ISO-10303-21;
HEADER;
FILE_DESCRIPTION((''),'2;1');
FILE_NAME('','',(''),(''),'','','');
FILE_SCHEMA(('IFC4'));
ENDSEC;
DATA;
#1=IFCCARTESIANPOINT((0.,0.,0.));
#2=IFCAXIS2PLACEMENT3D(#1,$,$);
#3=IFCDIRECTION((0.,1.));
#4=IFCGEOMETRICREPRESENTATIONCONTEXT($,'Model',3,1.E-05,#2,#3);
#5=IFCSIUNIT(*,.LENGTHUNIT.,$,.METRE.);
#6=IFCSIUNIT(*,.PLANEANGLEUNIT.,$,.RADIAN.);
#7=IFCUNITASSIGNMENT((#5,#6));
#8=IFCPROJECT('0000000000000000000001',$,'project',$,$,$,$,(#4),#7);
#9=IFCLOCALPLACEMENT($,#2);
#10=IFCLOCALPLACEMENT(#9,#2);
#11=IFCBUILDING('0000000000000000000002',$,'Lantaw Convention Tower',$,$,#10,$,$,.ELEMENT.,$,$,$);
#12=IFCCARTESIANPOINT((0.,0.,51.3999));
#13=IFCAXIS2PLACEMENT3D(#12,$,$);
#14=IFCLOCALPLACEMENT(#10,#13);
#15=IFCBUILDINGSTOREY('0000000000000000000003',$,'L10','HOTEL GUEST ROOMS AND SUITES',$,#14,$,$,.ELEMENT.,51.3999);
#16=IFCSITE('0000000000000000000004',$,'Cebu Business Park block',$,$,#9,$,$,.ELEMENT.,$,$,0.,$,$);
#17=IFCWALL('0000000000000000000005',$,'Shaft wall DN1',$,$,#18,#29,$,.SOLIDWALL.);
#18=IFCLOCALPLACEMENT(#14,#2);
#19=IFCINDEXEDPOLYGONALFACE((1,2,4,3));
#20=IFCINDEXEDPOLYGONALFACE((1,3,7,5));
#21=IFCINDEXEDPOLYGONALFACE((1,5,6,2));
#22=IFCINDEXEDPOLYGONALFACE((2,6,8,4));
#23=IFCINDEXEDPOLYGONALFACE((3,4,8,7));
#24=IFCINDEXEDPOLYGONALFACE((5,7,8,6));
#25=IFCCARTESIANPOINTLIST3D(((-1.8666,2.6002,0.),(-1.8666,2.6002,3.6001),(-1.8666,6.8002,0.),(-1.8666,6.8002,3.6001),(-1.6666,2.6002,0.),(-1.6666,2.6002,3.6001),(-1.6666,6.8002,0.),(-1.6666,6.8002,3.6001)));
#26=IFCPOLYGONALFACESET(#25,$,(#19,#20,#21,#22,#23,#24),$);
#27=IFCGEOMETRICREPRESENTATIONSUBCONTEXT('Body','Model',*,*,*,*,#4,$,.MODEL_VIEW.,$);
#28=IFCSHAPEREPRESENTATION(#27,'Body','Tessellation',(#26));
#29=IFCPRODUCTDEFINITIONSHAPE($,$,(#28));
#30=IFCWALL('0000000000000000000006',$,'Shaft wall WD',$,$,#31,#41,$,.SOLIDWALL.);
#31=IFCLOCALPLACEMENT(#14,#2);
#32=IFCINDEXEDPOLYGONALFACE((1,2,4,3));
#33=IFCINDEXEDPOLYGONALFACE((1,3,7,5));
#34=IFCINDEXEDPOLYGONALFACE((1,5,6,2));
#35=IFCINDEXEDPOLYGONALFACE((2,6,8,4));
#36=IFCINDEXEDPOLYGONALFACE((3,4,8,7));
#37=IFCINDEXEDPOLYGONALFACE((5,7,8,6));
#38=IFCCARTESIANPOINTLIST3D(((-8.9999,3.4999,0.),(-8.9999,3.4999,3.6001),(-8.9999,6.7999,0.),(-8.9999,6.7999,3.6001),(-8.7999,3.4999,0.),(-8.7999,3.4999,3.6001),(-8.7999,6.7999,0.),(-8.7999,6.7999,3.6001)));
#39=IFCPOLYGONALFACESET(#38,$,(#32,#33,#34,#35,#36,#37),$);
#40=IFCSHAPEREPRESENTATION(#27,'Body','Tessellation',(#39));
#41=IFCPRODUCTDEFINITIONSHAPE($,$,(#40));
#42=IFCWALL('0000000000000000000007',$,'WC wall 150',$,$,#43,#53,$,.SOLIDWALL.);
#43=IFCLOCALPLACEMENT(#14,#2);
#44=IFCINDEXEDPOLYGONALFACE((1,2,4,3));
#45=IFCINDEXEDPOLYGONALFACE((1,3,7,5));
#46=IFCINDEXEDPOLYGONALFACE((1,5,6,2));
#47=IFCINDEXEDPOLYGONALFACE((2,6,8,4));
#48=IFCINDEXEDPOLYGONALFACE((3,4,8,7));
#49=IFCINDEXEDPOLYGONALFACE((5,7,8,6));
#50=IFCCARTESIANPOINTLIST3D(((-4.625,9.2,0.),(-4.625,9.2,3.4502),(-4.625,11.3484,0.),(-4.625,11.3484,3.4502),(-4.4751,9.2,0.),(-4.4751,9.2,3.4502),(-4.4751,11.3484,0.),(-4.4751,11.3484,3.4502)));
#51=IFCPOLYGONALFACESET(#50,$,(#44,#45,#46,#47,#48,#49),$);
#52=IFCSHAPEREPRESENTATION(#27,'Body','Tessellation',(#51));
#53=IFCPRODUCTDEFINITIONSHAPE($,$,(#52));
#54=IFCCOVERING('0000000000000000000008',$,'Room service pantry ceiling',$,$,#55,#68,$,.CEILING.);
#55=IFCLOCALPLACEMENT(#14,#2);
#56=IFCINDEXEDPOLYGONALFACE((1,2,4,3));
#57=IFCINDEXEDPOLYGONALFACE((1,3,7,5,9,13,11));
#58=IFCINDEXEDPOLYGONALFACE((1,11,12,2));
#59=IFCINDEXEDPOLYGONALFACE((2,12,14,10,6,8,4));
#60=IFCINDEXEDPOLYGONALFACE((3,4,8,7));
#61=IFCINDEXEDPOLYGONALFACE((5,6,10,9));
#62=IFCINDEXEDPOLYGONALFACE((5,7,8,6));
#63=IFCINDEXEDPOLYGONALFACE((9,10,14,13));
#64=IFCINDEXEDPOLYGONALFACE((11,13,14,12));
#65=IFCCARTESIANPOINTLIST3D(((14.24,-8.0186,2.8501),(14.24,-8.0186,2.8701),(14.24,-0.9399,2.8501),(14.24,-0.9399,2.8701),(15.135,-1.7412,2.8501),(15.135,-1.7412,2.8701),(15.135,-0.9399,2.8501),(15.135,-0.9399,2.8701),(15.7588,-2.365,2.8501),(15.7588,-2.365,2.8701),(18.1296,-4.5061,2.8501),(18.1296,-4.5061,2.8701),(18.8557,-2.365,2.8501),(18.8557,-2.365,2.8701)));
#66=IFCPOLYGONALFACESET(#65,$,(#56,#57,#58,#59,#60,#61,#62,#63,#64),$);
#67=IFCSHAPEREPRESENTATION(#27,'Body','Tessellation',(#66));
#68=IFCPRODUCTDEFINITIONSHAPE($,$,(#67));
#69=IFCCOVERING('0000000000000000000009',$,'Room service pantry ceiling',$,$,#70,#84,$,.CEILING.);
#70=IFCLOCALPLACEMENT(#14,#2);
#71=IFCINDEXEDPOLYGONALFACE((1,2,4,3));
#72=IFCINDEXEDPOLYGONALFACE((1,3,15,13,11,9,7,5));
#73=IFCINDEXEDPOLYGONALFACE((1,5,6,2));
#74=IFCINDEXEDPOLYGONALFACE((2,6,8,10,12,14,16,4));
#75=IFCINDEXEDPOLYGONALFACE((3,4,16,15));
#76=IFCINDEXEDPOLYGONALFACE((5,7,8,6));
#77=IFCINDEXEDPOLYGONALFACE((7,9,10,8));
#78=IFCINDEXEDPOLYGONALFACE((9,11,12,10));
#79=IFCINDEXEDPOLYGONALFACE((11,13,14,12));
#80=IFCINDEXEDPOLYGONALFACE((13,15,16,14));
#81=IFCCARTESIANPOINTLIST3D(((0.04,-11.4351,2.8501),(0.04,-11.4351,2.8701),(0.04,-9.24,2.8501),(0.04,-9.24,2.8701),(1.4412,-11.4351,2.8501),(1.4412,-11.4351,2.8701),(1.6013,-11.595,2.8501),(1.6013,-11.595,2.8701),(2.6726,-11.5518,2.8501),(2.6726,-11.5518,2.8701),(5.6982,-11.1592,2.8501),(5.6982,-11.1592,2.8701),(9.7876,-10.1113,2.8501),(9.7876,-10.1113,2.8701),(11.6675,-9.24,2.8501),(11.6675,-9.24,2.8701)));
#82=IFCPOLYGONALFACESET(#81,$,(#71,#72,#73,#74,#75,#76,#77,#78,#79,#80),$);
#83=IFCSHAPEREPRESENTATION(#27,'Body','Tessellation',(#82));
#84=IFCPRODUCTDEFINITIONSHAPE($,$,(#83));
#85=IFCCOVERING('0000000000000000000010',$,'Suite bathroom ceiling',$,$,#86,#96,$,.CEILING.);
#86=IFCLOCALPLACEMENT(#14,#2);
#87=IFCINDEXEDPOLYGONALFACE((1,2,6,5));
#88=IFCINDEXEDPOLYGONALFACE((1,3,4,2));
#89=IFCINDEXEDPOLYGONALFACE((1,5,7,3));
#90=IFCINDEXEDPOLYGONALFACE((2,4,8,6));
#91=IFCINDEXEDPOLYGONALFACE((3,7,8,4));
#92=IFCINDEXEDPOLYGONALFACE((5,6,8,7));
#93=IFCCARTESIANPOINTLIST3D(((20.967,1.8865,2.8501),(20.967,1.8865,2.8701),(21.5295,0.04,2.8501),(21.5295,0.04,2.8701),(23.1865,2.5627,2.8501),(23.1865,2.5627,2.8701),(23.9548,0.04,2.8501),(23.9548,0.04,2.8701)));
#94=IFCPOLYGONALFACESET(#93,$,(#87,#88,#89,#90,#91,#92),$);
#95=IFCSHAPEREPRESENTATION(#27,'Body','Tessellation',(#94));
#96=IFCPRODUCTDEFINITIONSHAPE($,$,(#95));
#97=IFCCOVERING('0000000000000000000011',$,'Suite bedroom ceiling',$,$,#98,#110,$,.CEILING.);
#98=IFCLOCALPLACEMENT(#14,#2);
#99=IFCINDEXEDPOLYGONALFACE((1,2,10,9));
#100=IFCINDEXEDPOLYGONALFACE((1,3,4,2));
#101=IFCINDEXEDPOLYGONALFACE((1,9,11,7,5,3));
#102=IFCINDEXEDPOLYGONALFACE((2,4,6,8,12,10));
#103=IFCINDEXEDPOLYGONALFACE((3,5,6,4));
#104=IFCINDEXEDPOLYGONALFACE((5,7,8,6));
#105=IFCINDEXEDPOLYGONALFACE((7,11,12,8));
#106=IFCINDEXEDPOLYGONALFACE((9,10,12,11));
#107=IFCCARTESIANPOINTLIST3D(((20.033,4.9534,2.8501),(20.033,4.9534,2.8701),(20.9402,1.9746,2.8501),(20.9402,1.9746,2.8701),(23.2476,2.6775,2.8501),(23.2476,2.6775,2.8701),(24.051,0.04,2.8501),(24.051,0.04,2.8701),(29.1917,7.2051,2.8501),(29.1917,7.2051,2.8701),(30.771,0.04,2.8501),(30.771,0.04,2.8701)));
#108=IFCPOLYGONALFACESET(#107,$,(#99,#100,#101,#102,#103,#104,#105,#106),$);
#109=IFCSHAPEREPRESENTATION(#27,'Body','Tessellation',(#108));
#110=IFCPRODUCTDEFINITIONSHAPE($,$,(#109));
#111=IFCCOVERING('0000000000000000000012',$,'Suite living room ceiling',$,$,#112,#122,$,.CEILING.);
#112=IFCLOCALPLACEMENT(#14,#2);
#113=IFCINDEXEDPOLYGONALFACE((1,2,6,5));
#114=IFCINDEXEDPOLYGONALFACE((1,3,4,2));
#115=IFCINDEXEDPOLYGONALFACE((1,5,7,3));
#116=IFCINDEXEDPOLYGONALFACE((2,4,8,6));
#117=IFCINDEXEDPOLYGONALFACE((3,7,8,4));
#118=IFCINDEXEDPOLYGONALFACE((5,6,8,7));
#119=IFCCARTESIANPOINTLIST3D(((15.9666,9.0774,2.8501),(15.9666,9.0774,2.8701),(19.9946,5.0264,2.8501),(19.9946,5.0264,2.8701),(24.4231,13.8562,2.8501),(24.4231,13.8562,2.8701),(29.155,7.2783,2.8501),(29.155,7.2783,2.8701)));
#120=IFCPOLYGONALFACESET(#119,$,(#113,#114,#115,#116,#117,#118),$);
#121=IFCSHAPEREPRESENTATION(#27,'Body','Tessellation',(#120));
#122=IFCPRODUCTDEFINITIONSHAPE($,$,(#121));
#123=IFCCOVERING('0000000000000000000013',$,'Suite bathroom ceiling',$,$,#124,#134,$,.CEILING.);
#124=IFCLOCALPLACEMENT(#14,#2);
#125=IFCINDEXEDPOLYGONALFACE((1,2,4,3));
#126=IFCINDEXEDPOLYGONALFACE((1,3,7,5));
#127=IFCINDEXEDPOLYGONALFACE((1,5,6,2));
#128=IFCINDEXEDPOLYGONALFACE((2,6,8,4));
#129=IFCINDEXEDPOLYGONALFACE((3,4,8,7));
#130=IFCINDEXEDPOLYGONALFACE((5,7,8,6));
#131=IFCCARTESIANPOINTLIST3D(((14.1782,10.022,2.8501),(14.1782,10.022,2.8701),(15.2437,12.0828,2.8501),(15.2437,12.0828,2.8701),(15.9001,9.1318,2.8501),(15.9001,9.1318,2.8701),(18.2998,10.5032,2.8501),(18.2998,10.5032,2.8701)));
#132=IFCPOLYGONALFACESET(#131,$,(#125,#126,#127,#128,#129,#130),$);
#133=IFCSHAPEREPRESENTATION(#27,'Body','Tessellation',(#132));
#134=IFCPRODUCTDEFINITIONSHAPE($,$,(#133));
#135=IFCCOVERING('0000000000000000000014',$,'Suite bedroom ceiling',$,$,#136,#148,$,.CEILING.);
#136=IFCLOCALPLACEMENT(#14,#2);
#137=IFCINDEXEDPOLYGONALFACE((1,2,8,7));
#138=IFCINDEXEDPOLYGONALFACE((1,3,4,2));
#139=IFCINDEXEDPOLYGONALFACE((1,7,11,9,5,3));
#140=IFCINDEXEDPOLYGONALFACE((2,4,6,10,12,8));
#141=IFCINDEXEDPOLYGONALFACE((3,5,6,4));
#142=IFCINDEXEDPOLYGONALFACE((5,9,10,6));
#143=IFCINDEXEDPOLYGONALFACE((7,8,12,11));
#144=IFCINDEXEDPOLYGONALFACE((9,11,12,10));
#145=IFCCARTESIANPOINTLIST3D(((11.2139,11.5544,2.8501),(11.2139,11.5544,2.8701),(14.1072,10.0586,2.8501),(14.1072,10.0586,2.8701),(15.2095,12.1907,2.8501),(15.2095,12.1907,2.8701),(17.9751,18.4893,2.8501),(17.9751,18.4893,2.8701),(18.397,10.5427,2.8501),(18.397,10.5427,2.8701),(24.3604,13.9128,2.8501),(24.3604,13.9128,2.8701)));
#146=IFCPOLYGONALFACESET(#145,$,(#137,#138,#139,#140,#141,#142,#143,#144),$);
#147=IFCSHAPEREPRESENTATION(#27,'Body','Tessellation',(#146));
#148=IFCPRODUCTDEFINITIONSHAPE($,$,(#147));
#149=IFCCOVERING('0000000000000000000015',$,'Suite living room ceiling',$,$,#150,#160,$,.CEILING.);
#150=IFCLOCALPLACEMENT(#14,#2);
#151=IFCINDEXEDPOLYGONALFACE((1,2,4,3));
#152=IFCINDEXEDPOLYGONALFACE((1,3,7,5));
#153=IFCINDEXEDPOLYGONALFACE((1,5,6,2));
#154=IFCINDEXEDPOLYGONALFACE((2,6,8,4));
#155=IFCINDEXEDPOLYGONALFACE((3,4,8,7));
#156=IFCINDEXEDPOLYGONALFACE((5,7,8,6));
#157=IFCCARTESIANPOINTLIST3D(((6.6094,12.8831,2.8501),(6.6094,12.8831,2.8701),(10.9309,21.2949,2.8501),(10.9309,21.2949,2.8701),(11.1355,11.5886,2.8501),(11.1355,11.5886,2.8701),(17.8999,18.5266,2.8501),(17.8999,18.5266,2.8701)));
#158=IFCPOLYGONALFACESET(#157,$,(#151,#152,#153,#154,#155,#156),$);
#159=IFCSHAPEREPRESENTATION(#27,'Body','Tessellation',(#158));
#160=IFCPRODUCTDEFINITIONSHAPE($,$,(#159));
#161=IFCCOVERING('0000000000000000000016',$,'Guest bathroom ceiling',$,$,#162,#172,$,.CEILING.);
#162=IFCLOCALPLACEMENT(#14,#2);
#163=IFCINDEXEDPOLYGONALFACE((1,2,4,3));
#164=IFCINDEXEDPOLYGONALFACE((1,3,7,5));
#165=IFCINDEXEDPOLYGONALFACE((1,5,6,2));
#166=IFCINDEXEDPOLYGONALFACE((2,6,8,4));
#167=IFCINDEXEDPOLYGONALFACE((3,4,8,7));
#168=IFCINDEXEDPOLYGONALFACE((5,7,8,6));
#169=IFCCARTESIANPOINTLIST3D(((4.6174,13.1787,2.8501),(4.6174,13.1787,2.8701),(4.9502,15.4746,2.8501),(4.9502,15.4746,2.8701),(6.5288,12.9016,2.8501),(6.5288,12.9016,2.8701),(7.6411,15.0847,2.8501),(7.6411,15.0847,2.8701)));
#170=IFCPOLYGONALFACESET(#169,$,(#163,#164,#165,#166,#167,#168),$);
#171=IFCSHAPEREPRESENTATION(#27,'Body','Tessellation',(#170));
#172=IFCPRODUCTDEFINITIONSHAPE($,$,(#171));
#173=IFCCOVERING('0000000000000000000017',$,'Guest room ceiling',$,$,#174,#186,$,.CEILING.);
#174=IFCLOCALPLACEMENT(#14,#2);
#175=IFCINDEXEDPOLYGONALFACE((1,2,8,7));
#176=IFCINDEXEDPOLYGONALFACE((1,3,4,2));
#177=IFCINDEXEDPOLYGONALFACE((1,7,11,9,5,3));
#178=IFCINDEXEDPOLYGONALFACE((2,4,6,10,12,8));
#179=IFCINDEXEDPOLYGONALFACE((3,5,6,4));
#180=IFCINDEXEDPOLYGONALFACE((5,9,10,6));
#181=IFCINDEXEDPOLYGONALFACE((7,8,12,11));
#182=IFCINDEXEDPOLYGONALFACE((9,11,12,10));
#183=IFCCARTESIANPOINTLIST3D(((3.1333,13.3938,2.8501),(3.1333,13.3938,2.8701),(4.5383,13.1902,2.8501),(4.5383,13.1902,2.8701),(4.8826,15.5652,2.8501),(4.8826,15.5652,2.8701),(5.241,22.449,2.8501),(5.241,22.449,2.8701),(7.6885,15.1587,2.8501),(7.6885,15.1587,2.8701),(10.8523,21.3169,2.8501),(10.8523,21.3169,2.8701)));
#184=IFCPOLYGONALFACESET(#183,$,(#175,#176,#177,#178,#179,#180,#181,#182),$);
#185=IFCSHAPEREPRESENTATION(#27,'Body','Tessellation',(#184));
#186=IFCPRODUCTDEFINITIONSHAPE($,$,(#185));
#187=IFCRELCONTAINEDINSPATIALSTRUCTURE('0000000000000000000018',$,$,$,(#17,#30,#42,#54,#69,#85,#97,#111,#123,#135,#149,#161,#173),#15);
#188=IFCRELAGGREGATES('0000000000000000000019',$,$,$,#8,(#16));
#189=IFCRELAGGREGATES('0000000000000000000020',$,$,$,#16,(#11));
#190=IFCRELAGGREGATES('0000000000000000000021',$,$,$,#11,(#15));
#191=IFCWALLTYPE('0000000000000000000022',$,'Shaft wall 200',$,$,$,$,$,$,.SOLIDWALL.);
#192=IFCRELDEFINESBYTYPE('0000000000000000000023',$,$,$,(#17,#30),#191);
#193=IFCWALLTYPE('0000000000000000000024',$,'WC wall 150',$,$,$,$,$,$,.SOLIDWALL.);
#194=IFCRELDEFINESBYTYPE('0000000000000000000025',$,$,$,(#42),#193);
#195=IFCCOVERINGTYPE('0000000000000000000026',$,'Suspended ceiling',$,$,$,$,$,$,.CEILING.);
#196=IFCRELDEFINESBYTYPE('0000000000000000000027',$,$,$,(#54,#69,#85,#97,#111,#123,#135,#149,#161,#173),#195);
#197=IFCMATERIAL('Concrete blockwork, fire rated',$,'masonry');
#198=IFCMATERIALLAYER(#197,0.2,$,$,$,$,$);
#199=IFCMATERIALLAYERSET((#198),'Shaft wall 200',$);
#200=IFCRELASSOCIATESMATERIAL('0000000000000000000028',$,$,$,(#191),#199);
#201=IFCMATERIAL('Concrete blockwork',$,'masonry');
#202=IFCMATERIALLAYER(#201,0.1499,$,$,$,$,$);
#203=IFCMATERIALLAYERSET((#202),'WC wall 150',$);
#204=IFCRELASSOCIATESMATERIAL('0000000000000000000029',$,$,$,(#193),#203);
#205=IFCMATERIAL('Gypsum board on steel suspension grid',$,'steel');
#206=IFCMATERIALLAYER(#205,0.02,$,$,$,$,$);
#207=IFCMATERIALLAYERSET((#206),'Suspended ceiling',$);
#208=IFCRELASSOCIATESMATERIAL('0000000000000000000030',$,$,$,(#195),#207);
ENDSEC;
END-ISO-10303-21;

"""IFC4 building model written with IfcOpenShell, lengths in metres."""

from ifc_helpers import new_model, si_unit, direction, frame, frame_2d, origin, place, context, subcontext, project, spatial, polyline, rectangle, outline, extrude, material, layer, layer_set, type_object, element, save


model = new_model("IFC4")

# Units and contexts
model_context = context("Model", 3, precision=1e-05, world=origin(), true_north=direction((0.0, 1.0)))
body_context = subcontext(model_context, "Body", "Model", "MODEL_VIEW")
ifc_project = project(units=[si_unit("LENGTHUNIT", "METRE"), si_unit("PLANEANGLEUNIT", "RADIAN")], contexts=[model_context])

# Site, building, storey
site_placement = place(None, origin())
site = spatial("IfcSite", under=ifc_project, at=site_placement, Name="Cebu Business Park block", CompositionType="ELEMENT", RefElevation=0.0)
building_placement = place(site_placement, origin())
building = spatial("IfcBuilding", under=site, at=building_placement, Name="Lantaw Convention Tower", CompositionType="ELEMENT")
storey_placement = place(building_placement, frame((0.0, 0.0, 51.3999)))
storey = spatial("IfcBuildingStorey", under=building, at=storey_placement, Name="L10", Description="HOTEL GUEST ROOMS AND SUITES", CompositionType="ELEMENT", Elevation=51.3999)

# Walls
ifc_material_1 = material(Name="Concrete blockwork, fire rated", Category="masonry")
ifc_layer_1 = layer(ifc_material_1, 0.2)
ifc_layer_set_1 = layer_set([ifc_layer_1], Name="Shaft wall 200")
wall_type_1 = type_object("IfcWallType", Name="Shaft wall 200", PredefinedType="SOLIDWALL", material=ifc_layer_set_1)
wall_1_placement = place(storey_placement, frame((-1.7666, 2.6001, 0.0), z_axis=(0.0, 0.0, 1.0), x_axis=(0.0, 1.0, 0.0)))
element("IfcWall", 1, at=wall_1_placement, inside=storey, type_object=wall_type_1, Name="Shaft wall DN1", PredefinedType="SOLIDWALL", context=body_context, shape_type="SweptSolid", body=[
    extrude(rectangle(XDim=4.2, YDim=0.2, at=frame_2d((2.1001, 0.0))), origin(), (0.0, 0.0, 1.0), 3.6001),
])
wall_2_placement = place(storey_placement, frame((-8.8999, 3.5, 0.0), z_axis=(0.0, 0.0, 1.0), x_axis=(0.0, 1.0, 0.0)))
element("IfcWall", 2, at=wall_2_placement, inside=storey, type_object=wall_type_1, Name="Shaft wall WD", PredefinedType="SOLIDWALL", context=body_context, shape_type="SweptSolid", body=[
    extrude(rectangle(XDim=3.3, YDim=0.2, at=frame_2d((1.6499, 0.0))), origin(), (0.0, 0.0, 1.0), 3.6001),
])
ifc_material_2 = material(Name="Concrete blockwork", Category="masonry")
ifc_layer_2 = layer(ifc_material_2, 0.1499)
ifc_layer_set_2 = layer_set([ifc_layer_2], Name="WC wall 150")
wall_type_2 = type_object("IfcWallType", Name="WC wall 150", PredefinedType="SOLIDWALL", material=ifc_layer_set_2)
wall_3_placement = place(storey_placement, frame((-4.55, 9.2, 0.0), z_axis=(0.0, 0.0, 1.0), x_axis=(0.0, 1.0, 0.0)))
element("IfcWall", 3, at=wall_3_placement, inside=storey, type_object=wall_type_2, Name="WC wall 150", PredefinedType="SOLIDWALL", context=body_context, shape_type="SweptSolid", body=[
    extrude(rectangle(XDim=2.1484, YDim=0.1499, at=frame_2d((1.0742, 0.0))), origin(), (0.0, 0.0, 1.0), 3.4502),
])

# Coverings
ifc_material_3 = material(Name="Gypsum board on steel suspension grid", Category="steel")
ifc_layer_3 = layer(ifc_material_3, 0.02)
ifc_layer_set_3 = layer_set([ifc_layer_3], Name="Suspended ceiling")
covering_type = type_object("IfcCoveringType", Name="Suspended ceiling", PredefinedType="CEILING", material=ifc_layer_set_3)
covering_1_placement = place(storey_placement, frame((0.0, 0.0, 2.8501)))
element("IfcCovering", 4, at=covering_1_placement, inside=storey, type_object=covering_type, Name="Room service pantry ceiling", PredefinedType="CEILING", context=body_context, shape_type="SweptSolid", body=[
    extrude(outline(polyline([(14.24, -0.9399), (14.24, -8.0186), (18.1296, -4.5061), (18.8557, -2.365), (15.7588, -2.365), (15.135, -1.7412), (15.135, -0.9399), (14.24, -0.9399)])), origin(), (0.0, 0.0, 1.0), 0.02),
])
covering_2_placement = place(storey_placement, frame((0.0, 0.0, 2.8501)))
element("IfcCovering", 5, at=covering_2_placement, inside=storey, type_object=covering_type, Name="Room service pantry ceiling", PredefinedType="CEILING", context=body_context, shape_type="SweptSolid", body=[
    extrude(outline(polyline([(1.6013, -11.595), (2.6726, -11.5518), (5.6982, -11.1592), (9.7876, -10.1113), (11.6675, -9.24), (0.04, -9.24), (0.04, -11.4351), (1.4412, -11.4351), (1.6013, -11.595)])), origin(), (0.0, 0.0, 1.0), 0.02),
])
covering_3_placement = place(storey_placement, frame((0.0, 0.0, 2.8501)))
element("IfcCovering", 6, at=covering_3_placement, inside=storey, type_object=covering_type, Name="Suite bathroom ceiling", PredefinedType="CEILING", context=body_context, shape_type="SweptSolid", body=[
    extrude(outline(polyline([(21.5295, 0.04), (23.9548, 0.04), (23.1865, 2.5627), (20.967, 1.8865), (21.5295, 0.04)])), origin(), (0.0, 0.0, 1.0), 0.02),
])
covering_4_placement = place(storey_placement, frame((0.0, 0.0, 2.8501)))
element("IfcCovering", 7, at=covering_4_placement, inside=storey, type_object=covering_type, Name="Suite bedroom ceiling", PredefinedType="CEILING", context=body_context, shape_type="SweptSolid", body=[
    extrude(outline(polyline([(29.1917, 7.2051), (20.033, 4.9534), (20.9402, 1.9746), (23.2476, 2.6775), (24.051, 0.04), (30.771, 0.04), (29.1917, 7.2051)])), origin(), (0.0, 0.0, 1.0), 0.02),
])
covering_5_placement = place(storey_placement, frame((0.0, 0.0, 2.8501)))
element("IfcCovering", 8, at=covering_5_placement, inside=storey, type_object=covering_type, Name="Suite living room ceiling", PredefinedType="CEILING", context=body_context, shape_type="SweptSolid", body=[
    extrude(outline(polyline([(19.9946, 5.0264), (29.155, 7.2783), (24.4231, 13.8562), (15.9666, 9.0774), (19.9946, 5.0264)])), origin(), (0.0, 0.0, 1.0), 0.02),
])
covering_6_placement = place(storey_placement, frame((0.0, 0.0, 2.8501)))
element("IfcCovering", 9, at=covering_6_placement, inside=storey, type_object=covering_type, Name="Suite bathroom ceiling", PredefinedType="CEILING", context=body_context, shape_type="SweptSolid", body=[
    extrude(outline(polyline([(15.9001, 9.1318), (18.2998, 10.5032), (15.2437, 12.0828), (14.1782, 10.022), (15.9001, 9.1318)])), origin(), (0.0, 0.0, 1.0), 0.02),
])
covering_7_placement = place(storey_placement, frame((0.0, 0.0, 2.8501)))
element("IfcCovering", 10, at=covering_7_placement, inside=storey, type_object=covering_type, Name="Suite bedroom ceiling", PredefinedType="CEILING", context=body_context, shape_type="SweptSolid", body=[
    extrude(outline(polyline([(11.2139, 11.5544), (14.1072, 10.0586), (15.2095, 12.1907), (18.397, 10.5427), (24.3604, 13.9128), (17.9751, 18.4893), (11.2139, 11.5544)])), origin(), (0.0, 0.0, 1.0), 0.02),
])
covering_8_placement = place(storey_placement, frame((0.0, 0.0, 2.8501)))
element("IfcCovering", 11, at=covering_8_placement, inside=storey, type_object=covering_type, Name="Suite living room ceiling", PredefinedType="CEILING", context=body_context, shape_type="SweptSolid", body=[
    extrude(outline(polyline([(11.1355, 11.5886), (17.8999, 18.5266), (10.9309, 21.2949), (6.6094, 12.8831), (11.1355, 11.5886)])), origin(), (0.0, 0.0, 1.0), 0.02),
])
covering_9_placement = place(storey_placement, frame((0.0, 0.0, 2.8501)))
element("IfcCovering", 12, at=covering_9_placement, inside=storey, type_object=covering_type, Name="Guest bathroom ceiling", PredefinedType="CEILING", context=body_context, shape_type="SweptSolid", body=[
    extrude(outline(polyline([(6.5288, 12.9016), (7.6411, 15.0847), (4.9502, 15.4746), (4.6174, 13.1787), (6.5288, 12.9016)])), origin(), (0.0, 0.0, 1.0), 0.02),
])
covering_10_placement = place(storey_placement, frame((0.0, 0.0, 2.8501)))
element("IfcCovering", 13, at=covering_10_placement, inside=storey, type_object=covering_type, Name="Guest room ceiling", PredefinedType="CEILING", context=body_context, shape_type="SweptSolid", body=[
    extrude(outline(polyline([(3.1333, 13.3938), (4.5383, 13.1902), (4.8826, 15.5652), (7.6885, 15.1587), (10.8523, 21.3169), (5.241, 22.449), (3.1333, 13.3938)])), origin(), (0.0, 0.0, 1.0), 0.02),
])

save(model, "model.ifc")
